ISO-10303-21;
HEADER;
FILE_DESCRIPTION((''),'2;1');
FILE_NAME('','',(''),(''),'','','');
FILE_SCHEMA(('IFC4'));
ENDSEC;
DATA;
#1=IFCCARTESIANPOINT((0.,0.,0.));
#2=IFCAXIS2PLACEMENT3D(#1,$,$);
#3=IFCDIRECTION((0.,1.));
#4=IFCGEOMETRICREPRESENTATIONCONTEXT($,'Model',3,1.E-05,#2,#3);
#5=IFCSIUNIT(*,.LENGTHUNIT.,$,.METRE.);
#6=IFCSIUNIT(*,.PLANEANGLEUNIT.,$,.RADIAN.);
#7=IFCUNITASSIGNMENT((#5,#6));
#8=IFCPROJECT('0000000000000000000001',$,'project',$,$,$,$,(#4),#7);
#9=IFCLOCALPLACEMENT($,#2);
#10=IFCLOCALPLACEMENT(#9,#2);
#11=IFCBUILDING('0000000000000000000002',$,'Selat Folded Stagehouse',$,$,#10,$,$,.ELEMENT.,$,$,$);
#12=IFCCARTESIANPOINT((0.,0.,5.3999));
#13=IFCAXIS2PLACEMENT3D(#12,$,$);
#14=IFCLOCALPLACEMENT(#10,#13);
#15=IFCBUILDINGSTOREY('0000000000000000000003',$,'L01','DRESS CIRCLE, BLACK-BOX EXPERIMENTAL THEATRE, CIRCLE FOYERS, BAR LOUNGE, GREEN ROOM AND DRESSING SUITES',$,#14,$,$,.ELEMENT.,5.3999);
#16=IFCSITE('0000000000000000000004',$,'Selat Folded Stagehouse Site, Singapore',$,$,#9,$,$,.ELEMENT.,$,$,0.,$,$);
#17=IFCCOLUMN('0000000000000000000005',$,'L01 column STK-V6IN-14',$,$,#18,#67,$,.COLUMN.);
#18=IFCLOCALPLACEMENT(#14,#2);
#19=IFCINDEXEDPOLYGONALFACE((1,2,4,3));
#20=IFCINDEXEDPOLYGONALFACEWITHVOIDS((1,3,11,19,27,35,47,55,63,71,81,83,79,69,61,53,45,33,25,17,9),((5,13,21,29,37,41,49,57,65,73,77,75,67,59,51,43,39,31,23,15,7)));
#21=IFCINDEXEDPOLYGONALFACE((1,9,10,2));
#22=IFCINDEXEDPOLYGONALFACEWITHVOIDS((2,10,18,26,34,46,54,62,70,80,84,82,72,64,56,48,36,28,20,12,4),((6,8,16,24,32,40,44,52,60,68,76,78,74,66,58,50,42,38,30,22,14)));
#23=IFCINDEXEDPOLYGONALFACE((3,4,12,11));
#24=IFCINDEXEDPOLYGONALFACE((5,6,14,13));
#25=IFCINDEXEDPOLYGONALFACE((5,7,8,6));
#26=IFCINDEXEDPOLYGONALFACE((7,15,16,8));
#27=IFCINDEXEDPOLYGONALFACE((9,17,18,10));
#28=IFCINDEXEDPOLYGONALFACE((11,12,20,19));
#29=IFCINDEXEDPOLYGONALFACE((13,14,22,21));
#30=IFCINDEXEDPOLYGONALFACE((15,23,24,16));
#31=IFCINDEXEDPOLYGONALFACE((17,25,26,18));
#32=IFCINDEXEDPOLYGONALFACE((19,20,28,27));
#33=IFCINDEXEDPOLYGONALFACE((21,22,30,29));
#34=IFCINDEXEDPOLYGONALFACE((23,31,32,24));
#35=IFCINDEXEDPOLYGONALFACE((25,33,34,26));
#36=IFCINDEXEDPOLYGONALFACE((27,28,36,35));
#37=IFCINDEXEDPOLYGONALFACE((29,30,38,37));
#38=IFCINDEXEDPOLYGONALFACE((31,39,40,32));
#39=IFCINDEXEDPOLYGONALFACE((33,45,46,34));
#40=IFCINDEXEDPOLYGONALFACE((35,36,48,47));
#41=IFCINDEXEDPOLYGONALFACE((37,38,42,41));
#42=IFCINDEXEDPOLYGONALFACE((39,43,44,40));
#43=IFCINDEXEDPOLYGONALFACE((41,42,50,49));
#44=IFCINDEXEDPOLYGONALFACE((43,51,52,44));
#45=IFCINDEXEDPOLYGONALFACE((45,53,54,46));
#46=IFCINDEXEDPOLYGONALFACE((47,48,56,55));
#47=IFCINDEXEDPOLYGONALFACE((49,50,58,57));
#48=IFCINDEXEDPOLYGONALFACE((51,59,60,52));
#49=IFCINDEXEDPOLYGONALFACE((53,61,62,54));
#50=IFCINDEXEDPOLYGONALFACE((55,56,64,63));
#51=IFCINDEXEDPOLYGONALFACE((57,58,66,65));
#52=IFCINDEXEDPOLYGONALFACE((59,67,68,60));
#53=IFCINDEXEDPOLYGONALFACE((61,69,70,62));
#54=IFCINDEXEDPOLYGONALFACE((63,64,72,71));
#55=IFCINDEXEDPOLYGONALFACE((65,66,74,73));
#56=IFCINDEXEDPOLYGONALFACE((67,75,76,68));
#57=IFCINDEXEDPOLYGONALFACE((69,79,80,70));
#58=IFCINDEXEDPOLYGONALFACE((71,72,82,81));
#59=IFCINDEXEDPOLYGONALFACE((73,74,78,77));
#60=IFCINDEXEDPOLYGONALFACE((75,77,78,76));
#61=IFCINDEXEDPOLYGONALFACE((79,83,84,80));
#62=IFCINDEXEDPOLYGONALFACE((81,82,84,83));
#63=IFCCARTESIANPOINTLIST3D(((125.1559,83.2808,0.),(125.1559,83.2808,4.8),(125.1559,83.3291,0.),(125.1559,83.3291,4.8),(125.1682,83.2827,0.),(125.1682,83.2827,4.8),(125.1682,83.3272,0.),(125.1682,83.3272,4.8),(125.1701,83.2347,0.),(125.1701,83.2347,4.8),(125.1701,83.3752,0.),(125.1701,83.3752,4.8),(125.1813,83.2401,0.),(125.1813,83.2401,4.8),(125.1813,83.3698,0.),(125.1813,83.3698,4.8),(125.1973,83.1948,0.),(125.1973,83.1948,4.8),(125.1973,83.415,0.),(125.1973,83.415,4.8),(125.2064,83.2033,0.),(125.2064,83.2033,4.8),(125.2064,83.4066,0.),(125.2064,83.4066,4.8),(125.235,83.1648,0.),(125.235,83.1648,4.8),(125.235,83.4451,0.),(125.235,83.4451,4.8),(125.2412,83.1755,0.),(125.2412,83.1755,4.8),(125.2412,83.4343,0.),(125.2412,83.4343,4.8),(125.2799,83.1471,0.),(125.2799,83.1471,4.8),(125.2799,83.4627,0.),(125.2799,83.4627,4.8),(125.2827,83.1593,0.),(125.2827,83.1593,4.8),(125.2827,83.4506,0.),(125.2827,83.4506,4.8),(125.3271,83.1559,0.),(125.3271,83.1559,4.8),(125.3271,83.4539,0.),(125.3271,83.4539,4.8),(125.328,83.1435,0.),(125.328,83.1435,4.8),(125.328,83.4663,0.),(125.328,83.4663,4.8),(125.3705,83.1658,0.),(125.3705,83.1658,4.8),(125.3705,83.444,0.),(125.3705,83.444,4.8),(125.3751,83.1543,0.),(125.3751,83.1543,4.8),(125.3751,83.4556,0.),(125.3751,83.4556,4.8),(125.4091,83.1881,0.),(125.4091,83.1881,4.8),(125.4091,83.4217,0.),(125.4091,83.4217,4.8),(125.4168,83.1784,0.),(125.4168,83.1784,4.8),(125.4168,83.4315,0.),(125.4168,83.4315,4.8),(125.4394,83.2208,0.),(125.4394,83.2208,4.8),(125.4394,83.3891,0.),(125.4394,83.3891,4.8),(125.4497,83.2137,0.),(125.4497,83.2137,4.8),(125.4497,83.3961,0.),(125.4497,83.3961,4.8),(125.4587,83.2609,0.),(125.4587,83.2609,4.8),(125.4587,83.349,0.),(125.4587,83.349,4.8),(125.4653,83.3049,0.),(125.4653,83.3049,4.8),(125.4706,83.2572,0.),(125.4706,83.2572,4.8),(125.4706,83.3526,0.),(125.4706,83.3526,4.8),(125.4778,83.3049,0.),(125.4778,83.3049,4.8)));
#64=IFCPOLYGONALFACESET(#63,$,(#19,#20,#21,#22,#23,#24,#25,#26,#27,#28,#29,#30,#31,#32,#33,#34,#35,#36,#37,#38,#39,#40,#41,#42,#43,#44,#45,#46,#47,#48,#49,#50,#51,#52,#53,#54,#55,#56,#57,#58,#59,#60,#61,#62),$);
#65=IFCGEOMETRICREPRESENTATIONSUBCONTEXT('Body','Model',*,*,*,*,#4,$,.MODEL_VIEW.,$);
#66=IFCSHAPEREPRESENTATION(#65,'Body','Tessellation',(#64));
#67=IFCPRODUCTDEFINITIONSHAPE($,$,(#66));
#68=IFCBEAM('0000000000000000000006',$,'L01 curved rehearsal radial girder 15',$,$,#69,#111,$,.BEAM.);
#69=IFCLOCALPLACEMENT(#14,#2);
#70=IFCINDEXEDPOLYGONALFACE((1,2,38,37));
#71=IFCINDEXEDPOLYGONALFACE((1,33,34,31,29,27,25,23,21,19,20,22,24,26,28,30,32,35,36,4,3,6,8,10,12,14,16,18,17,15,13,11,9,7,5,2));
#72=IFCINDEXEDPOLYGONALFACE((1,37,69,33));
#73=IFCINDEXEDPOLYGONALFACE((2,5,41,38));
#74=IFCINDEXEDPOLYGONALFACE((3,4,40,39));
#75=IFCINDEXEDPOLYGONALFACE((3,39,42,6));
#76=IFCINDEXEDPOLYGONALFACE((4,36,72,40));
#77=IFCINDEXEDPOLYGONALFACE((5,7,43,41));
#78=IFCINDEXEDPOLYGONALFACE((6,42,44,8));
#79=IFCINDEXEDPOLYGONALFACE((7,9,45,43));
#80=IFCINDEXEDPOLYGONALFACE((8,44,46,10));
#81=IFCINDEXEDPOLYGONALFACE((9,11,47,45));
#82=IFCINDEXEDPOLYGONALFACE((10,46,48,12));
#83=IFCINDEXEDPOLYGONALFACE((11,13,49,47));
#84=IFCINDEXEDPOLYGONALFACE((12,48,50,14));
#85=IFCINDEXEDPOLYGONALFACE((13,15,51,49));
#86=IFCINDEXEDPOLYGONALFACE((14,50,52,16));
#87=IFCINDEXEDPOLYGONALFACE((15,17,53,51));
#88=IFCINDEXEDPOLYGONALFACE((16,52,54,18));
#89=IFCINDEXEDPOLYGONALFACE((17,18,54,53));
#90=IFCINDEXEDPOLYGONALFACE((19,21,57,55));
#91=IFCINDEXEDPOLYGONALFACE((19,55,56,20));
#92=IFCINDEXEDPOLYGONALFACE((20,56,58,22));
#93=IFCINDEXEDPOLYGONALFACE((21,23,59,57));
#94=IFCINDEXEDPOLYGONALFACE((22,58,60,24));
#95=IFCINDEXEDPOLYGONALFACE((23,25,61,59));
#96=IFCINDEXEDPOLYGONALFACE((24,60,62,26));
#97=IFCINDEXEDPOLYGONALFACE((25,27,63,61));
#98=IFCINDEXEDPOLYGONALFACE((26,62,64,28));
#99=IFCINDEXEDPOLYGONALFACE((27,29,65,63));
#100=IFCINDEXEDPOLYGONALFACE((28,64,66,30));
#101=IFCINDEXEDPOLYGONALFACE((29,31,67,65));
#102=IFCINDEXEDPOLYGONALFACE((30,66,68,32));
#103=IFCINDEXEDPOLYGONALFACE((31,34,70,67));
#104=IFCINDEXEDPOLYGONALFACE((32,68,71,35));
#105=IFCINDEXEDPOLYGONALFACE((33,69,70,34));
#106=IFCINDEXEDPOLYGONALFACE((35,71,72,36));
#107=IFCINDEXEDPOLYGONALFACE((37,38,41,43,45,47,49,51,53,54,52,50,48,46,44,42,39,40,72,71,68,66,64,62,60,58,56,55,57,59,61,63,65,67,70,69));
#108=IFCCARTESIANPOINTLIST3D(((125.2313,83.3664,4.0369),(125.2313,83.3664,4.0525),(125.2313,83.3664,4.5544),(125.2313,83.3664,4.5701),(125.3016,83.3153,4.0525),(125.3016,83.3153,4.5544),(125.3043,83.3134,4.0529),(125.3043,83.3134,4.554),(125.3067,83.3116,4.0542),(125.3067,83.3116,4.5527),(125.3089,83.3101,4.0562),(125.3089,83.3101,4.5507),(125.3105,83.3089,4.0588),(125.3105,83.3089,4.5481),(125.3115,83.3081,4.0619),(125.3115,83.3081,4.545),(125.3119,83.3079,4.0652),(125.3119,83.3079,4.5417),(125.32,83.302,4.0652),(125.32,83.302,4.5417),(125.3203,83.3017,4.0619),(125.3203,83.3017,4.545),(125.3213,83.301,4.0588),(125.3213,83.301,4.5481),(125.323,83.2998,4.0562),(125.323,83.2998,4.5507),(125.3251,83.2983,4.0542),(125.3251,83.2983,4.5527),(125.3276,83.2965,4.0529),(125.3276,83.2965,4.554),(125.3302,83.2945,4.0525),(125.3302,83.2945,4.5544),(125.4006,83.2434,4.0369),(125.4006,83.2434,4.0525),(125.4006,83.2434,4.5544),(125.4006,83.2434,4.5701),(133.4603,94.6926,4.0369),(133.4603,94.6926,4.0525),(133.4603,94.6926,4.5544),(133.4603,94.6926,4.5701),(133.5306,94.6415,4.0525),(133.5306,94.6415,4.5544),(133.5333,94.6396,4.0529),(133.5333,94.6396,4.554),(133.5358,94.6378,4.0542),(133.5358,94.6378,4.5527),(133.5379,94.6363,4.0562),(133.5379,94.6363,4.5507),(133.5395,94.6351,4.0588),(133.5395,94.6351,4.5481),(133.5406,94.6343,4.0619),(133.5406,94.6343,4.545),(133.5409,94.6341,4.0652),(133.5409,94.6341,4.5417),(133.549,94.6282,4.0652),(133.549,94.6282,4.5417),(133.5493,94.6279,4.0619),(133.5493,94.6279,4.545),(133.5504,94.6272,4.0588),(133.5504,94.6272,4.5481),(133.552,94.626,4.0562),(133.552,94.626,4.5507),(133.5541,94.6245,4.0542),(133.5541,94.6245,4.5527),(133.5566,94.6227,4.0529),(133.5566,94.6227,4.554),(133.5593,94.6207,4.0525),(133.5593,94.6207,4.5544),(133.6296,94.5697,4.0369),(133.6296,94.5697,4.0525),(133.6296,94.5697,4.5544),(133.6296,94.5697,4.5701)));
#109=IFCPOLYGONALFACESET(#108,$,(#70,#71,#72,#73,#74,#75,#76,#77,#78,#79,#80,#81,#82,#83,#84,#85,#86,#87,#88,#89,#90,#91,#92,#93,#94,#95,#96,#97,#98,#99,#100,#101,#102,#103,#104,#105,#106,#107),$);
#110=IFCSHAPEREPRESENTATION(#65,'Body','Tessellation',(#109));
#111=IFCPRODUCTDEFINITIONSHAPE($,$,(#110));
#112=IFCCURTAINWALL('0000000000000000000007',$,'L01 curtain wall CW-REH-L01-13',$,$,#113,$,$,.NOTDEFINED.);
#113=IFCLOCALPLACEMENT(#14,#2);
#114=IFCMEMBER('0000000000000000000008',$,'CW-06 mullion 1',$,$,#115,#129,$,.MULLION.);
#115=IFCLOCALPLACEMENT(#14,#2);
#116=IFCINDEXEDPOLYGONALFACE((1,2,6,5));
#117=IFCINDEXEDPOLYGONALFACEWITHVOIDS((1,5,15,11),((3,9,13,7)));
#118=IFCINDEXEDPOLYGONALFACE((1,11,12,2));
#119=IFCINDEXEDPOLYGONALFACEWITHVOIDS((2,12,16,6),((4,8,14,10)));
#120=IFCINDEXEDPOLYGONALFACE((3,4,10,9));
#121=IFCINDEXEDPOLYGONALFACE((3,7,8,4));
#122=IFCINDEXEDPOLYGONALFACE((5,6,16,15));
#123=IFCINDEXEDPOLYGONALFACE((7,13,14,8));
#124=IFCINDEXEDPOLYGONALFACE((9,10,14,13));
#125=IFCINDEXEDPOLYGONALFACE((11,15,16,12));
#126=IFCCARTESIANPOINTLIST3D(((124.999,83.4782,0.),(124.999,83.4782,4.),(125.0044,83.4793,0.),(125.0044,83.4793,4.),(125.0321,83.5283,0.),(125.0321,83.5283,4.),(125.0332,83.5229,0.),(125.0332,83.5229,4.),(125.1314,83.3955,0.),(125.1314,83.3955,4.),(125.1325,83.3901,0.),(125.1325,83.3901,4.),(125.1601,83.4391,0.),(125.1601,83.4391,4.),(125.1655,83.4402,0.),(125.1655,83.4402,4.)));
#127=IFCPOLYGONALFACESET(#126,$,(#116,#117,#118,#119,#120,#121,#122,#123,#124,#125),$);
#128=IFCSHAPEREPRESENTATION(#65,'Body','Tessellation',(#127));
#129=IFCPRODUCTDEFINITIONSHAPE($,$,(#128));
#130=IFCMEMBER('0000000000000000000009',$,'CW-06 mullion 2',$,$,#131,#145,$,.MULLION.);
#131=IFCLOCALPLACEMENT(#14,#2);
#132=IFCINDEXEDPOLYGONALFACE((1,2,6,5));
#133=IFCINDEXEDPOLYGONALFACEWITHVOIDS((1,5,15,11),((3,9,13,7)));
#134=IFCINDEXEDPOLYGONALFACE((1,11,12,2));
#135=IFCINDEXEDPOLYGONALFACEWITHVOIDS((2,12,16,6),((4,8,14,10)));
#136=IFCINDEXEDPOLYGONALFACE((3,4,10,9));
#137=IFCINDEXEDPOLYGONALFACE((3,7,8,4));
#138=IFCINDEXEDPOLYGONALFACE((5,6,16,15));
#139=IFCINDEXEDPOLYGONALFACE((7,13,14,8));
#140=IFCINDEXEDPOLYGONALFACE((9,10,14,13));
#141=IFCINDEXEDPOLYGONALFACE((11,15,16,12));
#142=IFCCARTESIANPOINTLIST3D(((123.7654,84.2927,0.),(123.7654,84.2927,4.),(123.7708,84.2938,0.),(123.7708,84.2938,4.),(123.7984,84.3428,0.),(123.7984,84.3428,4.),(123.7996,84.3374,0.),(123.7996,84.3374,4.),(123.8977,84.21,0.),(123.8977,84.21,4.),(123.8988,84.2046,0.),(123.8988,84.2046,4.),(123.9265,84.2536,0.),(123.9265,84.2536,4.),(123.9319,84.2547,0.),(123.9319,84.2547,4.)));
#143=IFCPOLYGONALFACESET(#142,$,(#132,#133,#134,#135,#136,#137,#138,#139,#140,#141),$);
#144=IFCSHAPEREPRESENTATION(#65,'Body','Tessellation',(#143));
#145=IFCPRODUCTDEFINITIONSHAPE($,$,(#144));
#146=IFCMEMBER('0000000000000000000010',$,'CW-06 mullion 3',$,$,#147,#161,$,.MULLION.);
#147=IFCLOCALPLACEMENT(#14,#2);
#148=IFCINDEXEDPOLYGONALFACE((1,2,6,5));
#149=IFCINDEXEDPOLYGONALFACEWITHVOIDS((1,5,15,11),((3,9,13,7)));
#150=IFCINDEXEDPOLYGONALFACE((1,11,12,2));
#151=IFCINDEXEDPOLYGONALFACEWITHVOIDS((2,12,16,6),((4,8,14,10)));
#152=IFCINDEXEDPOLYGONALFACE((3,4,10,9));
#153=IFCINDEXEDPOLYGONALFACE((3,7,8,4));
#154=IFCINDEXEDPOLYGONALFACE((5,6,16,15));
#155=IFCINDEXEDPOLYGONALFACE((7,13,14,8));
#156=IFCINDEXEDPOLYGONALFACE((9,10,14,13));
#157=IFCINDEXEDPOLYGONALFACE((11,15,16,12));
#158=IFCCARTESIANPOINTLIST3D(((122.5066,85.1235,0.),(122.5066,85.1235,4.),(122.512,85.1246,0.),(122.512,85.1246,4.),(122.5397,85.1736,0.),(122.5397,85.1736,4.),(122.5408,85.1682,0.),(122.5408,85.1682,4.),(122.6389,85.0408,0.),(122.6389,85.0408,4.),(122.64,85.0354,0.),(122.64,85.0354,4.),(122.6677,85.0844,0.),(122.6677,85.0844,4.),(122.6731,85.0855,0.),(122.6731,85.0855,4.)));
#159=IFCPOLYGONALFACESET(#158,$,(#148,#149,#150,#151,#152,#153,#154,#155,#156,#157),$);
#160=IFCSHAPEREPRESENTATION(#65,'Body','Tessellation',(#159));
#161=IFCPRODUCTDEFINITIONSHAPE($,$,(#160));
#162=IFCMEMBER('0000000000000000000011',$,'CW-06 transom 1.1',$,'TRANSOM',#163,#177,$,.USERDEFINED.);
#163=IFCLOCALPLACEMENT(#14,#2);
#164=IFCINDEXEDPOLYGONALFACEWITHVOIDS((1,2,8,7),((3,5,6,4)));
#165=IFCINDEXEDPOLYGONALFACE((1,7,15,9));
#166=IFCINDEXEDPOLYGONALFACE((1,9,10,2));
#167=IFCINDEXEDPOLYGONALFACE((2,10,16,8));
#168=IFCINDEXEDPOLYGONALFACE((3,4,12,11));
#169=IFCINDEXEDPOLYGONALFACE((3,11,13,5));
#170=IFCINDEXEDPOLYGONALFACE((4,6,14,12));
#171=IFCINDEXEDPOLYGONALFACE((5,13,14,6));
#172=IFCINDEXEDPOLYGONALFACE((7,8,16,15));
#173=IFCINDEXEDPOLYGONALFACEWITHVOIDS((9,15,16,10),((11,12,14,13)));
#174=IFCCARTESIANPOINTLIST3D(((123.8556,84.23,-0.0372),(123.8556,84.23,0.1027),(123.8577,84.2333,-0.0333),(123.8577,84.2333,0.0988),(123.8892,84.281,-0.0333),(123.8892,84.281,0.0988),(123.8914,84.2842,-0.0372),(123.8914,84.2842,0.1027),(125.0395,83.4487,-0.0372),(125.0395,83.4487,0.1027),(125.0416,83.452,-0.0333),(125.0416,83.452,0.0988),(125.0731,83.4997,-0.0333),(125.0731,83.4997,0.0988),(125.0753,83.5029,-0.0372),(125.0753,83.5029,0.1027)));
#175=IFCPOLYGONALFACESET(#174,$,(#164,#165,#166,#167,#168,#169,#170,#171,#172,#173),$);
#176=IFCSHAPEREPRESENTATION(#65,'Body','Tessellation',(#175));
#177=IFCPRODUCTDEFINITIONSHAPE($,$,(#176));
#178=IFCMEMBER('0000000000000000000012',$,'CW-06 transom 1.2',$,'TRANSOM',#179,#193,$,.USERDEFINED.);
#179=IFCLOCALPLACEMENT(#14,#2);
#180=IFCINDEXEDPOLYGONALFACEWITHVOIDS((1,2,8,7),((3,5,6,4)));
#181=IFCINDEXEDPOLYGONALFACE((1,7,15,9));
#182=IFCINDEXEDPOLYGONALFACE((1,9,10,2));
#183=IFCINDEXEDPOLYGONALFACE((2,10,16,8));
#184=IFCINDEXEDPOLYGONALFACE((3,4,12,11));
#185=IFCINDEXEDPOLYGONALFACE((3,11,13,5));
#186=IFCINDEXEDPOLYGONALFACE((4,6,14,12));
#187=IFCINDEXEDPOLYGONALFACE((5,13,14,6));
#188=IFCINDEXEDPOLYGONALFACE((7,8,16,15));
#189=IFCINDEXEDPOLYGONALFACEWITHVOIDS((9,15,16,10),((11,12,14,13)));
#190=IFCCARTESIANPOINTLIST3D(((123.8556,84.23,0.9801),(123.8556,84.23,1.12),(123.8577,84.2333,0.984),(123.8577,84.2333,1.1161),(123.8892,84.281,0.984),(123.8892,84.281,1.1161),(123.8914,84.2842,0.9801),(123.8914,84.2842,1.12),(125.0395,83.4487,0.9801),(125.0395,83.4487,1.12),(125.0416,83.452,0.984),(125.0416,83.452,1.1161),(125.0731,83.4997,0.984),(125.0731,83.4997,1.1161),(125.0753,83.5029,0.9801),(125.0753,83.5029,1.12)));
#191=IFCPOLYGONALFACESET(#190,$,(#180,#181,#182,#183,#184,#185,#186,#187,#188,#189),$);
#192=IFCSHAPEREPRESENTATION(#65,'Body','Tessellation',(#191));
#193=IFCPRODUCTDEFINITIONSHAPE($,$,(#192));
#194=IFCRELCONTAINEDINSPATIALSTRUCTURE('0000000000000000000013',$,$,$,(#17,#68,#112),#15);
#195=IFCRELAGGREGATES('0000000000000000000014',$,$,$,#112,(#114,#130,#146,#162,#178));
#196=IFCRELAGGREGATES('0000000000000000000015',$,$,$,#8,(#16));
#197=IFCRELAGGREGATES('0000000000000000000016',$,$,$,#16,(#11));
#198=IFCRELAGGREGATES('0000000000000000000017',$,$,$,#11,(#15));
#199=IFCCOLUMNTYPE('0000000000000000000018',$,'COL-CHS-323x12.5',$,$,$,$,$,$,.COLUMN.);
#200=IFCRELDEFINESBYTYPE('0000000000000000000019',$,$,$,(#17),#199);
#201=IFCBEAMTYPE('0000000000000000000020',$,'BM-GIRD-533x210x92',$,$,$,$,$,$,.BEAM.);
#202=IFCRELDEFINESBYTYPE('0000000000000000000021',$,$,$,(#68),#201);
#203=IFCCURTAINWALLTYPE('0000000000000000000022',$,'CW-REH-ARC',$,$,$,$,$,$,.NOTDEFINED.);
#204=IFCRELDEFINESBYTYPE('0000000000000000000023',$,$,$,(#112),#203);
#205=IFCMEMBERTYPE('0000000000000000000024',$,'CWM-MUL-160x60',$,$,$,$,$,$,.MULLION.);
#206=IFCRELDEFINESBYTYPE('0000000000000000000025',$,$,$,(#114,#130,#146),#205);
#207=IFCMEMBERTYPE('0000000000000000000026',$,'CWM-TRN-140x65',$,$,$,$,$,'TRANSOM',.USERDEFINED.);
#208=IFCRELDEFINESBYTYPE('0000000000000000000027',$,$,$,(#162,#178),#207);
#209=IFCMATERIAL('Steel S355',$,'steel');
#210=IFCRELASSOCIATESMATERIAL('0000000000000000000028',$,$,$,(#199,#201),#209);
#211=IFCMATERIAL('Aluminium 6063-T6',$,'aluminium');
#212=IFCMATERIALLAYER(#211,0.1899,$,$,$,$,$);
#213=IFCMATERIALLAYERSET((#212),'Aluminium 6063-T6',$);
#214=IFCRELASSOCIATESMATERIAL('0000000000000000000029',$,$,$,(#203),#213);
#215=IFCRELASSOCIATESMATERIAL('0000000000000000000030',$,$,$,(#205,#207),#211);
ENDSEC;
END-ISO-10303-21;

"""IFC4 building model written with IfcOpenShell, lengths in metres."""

from ifc_helpers import new_model, si_unit, direction, frame, origin, origin_2d, place, context, subcontext, project, spatial, hollow_rectangle, hollow_circle, i_section, extrude, material, layer, layer_set, material_profile, profile_set, type_object, element, aggregate, save


model = new_model("IFC4")

# Units and contexts
model_context = context("Model", 3, precision=1e-05, world=origin(), true_north=direction((0.0, 1.0)))
body_context = subcontext(model_context, "Body", "Model", "MODEL_VIEW")
ifc_project = project(units=[si_unit("LENGTHUNIT", "METRE"), si_unit("PLANEANGLEUNIT", "RADIAN")], contexts=[model_context])

# Site, building, storey
site_placement = place(None, origin())
site = spatial("IfcSite", under=ifc_project, at=site_placement, Name="Selat Folded Stagehouse Site, Singapore", CompositionType="ELEMENT", RefElevation=0.0)
building_placement = place(site_placement, origin())
building = spatial("IfcBuilding", under=site, at=building_placement, Name="Selat Folded Stagehouse", CompositionType="ELEMENT")
storey_placement = place(building_placement, frame((0.0, 0.0, 5.3999)))
storey = spatial("IfcBuildingStorey", under=building, at=storey_placement, Name="L01", Description="DRESS CIRCLE, BLACK-BOX EXPERIMENTAL THEATRE, CIRCLE FOYERS, BAR LOUNGE, GREEN ROOM AND DRESSING SUITES", CompositionType="ELEMENT", Elevation=5.3999)

# Column
ifc_material_1 = material(Name="Steel S355", Category="steel")
ifc_material_profile_1 = material_profile(ifc_material_1, hollow_circle(Radius=0.1619, WallThickness=0.0125, at=origin_2d()), Name="CHS 323.9x12.5")
ifc_profile_set_1 = profile_set([ifc_material_profile_1], Name="Steel S355")
column_type = type_object("IfcColumnType", Name="COL-CHS-323x12.5", PredefinedType="COLUMN", material=ifc_profile_set_1)
column_placement = place(storey_placement, frame((125.3159, 83.3049, 0.0), z_axis=(0.0, 0.0, 1.0), x_axis=(1.0, 0.0, 0.0)))
element("IfcColumn", 1, at=column_placement, inside=storey, type_object=column_type, Name="L01 column STK-V6IN-14", PredefinedType="COLUMN", context=body_context, shape_type="SweptSolid", body=[
    extrude(hollow_circle(Radius=0.1619, WallThickness=0.0125, at=origin_2d()), origin(), (0.0, 0.0, 1.0), 4.8),
])

# Beam
ifc_material_profile_2 = material_profile(ifc_material_1, i_section(OverallWidth=0.2092, OverallDepth=0.5332, WebThickness=0.01, FlangeThickness=0.0156, FilletRadius=0.0127, at=origin_2d()), Name="UKB 533x210x92")
ifc_profile_set_2 = profile_set([ifc_material_profile_2], Name="Steel S355")
beam_type = type_object("IfcBeamType", Name="BM-GIRD-533x210x92", PredefinedType="BEAM", material=ifc_profile_set_2)
beam_placement = place(storey_placement, frame((125.3159, 83.3049, 4.3035), z_axis=(0.587788, 0.809015, 0.0), x_axis=(-0.809015, 0.587788, 0.0)))
element("IfcBeam", 2, at=beam_placement, inside=storey, type_object=beam_type, Name="L01 curved rehearsal radial girder 15", PredefinedType="BEAM", context=body_context, shape_type="SweptSolid", body=[
    extrude(i_section(OverallWidth=0.2092, OverallDepth=0.5332, WebThickness=0.01, FlangeThickness=0.0156, FilletRadius=0.0127, at=origin_2d()), origin(), (0.0, 0.0, 1.0), 14.0),
])

# Curtain wall, members
ifc_material_2 = material(Name="Aluminium 6063-T6", Category="aluminium")
ifc_layer_1 = layer(ifc_material_2, 0.1899)
ifc_layer_set_1 = layer_set([ifc_layer_1], Name="Aluminium 6063-T6")
curtain_wall_type = type_object("IfcCurtainWallType", Name="CW-REH-ARC", PredefinedType="NOTDEFINED", material=ifc_layer_set_1)
curtain_wall_placement = place(storey_placement, origin())
curtain_wall = element("IfcCurtainWall", 3, at=curtain_wall_placement, inside=storey, type_object=curtain_wall_type, Name="L01 curtain wall CW-REH-L01-13", PredefinedType="NOTDEFINED")
ifc_material_profile_3 = material_profile(ifc_material_2, hollow_rectangle(XDim=0.0601, YDim=0.1599, WallThickness=0.0039, at=origin_2d()), Name="ALU 160x60x4.0")
ifc_profile_set_3 = profile_set([ifc_material_profile_3], Name="Aluminium 6063-T6")
member_type_1 = type_object("IfcMemberType", Name="CWM-MUL-160x60", PredefinedType="MULLION", material=ifc_profile_set_3)
member_1_placement = place(storey_placement, frame((125.0823, 83.4592, 0.0), z_axis=(0.0, 0.0, 1.0), x_axis=(-0.550885, -0.834581, 0.0)))
member_1 = element("IfcMember", 4, at=member_1_placement, type_object=member_type_1, Name="CW-06 mullion 1", PredefinedType="MULLION", context=body_context, shape_type="SweptSolid", body=[
    extrude(hollow_rectangle(XDim=0.0601, YDim=0.1599, WallThickness=0.0039, at=origin_2d()), origin(), (0.0, 0.0, 1.0), 4.0),
])
member_2_placement = place(storey_placement, frame((123.8486, 84.2737, 0.0), z_axis=(0.0, 0.0, 1.0), x_axis=(-0.550885, -0.834581, 0.0)))
member_2 = element("IfcMember", 5, at=member_2_placement, type_object=member_type_1, Name="CW-06 mullion 2", PredefinedType="MULLION", context=body_context, shape_type="SweptSolid", body=[
    extrude(hollow_rectangle(XDim=0.0601, YDim=0.1599, WallThickness=0.0039, at=origin_2d()), origin(), (0.0, 0.0, 1.0), 4.0),
])
member_3_placement = place(storey_placement, frame((122.5898, 85.1045, 0.0), z_axis=(0.0, 0.0, 1.0), x_axis=(-0.550885, -0.834581, 0.0)))
member_3 = element("IfcMember", 6, at=member_3_placement, type_object=member_type_1, Name="CW-06 mullion 3", PredefinedType="MULLION", context=body_context, shape_type="SweptSolid", body=[
    extrude(hollow_rectangle(XDim=0.0601, YDim=0.1599, WallThickness=0.0039, at=origin_2d()), origin(), (0.0, 0.0, 1.0), 4.0),
])
ifc_material_profile_4 = material_profile(ifc_material_2, hollow_rectangle(XDim=0.0649, YDim=0.1399, WallThickness=0.0039, at=origin_2d()), Name="ALU 140x65x4.0")
ifc_profile_set_4 = profile_set([ifc_material_profile_4], Name="Aluminium 6063-T6")
member_type_2 = type_object("IfcMemberType", Name="CWM-TRN-140x65", ElementType="TRANSOM", PredefinedType="USERDEFINED", material=ifc_profile_set_4)
member_4_placement = place(storey_placement, frame((125.0574, 83.4758, 0.0327), z_axis=(-0.834636, 0.550801, 0.0), x_axis=(-0.550801, -0.834636, 0.0)))
member_4 = element("IfcMember", 7, at=member_4_placement, type_object=member_type_2, Name="CW-06 transom 1.1", ObjectType="TRANSOM", PredefinedType="USERDEFINED", context=body_context, shape_type="SweptSolid", body=[
    extrude(hollow_rectangle(XDim=0.0649, YDim=0.1399, WallThickness=0.0039, at=origin_2d()), origin(), (0.0, 0.0, 1.0), 1.4185),
])
member_5_placement = place(storey_placement, frame((125.0574, 83.4758, 1.05), z_axis=(-0.834636, 0.550801, 0.0), x_axis=(-0.550801, -0.834636, 0.0)))
member_5 = element("IfcMember", 8, at=member_5_placement, type_object=member_type_2, Name="CW-06 transom 1.2", ObjectType="TRANSOM", PredefinedType="USERDEFINED", context=body_context, shape_type="SweptSolid", body=[
    extrude(hollow_rectangle(XDim=0.0649, YDim=0.1399, WallThickness=0.0039, at=origin_2d()), origin(), (0.0, 0.0, 1.0), 1.4185),
])
aggregate(curtain_wall, [member_1, member_2, member_3, member_4, member_5])

save(model, "model.ifc")
